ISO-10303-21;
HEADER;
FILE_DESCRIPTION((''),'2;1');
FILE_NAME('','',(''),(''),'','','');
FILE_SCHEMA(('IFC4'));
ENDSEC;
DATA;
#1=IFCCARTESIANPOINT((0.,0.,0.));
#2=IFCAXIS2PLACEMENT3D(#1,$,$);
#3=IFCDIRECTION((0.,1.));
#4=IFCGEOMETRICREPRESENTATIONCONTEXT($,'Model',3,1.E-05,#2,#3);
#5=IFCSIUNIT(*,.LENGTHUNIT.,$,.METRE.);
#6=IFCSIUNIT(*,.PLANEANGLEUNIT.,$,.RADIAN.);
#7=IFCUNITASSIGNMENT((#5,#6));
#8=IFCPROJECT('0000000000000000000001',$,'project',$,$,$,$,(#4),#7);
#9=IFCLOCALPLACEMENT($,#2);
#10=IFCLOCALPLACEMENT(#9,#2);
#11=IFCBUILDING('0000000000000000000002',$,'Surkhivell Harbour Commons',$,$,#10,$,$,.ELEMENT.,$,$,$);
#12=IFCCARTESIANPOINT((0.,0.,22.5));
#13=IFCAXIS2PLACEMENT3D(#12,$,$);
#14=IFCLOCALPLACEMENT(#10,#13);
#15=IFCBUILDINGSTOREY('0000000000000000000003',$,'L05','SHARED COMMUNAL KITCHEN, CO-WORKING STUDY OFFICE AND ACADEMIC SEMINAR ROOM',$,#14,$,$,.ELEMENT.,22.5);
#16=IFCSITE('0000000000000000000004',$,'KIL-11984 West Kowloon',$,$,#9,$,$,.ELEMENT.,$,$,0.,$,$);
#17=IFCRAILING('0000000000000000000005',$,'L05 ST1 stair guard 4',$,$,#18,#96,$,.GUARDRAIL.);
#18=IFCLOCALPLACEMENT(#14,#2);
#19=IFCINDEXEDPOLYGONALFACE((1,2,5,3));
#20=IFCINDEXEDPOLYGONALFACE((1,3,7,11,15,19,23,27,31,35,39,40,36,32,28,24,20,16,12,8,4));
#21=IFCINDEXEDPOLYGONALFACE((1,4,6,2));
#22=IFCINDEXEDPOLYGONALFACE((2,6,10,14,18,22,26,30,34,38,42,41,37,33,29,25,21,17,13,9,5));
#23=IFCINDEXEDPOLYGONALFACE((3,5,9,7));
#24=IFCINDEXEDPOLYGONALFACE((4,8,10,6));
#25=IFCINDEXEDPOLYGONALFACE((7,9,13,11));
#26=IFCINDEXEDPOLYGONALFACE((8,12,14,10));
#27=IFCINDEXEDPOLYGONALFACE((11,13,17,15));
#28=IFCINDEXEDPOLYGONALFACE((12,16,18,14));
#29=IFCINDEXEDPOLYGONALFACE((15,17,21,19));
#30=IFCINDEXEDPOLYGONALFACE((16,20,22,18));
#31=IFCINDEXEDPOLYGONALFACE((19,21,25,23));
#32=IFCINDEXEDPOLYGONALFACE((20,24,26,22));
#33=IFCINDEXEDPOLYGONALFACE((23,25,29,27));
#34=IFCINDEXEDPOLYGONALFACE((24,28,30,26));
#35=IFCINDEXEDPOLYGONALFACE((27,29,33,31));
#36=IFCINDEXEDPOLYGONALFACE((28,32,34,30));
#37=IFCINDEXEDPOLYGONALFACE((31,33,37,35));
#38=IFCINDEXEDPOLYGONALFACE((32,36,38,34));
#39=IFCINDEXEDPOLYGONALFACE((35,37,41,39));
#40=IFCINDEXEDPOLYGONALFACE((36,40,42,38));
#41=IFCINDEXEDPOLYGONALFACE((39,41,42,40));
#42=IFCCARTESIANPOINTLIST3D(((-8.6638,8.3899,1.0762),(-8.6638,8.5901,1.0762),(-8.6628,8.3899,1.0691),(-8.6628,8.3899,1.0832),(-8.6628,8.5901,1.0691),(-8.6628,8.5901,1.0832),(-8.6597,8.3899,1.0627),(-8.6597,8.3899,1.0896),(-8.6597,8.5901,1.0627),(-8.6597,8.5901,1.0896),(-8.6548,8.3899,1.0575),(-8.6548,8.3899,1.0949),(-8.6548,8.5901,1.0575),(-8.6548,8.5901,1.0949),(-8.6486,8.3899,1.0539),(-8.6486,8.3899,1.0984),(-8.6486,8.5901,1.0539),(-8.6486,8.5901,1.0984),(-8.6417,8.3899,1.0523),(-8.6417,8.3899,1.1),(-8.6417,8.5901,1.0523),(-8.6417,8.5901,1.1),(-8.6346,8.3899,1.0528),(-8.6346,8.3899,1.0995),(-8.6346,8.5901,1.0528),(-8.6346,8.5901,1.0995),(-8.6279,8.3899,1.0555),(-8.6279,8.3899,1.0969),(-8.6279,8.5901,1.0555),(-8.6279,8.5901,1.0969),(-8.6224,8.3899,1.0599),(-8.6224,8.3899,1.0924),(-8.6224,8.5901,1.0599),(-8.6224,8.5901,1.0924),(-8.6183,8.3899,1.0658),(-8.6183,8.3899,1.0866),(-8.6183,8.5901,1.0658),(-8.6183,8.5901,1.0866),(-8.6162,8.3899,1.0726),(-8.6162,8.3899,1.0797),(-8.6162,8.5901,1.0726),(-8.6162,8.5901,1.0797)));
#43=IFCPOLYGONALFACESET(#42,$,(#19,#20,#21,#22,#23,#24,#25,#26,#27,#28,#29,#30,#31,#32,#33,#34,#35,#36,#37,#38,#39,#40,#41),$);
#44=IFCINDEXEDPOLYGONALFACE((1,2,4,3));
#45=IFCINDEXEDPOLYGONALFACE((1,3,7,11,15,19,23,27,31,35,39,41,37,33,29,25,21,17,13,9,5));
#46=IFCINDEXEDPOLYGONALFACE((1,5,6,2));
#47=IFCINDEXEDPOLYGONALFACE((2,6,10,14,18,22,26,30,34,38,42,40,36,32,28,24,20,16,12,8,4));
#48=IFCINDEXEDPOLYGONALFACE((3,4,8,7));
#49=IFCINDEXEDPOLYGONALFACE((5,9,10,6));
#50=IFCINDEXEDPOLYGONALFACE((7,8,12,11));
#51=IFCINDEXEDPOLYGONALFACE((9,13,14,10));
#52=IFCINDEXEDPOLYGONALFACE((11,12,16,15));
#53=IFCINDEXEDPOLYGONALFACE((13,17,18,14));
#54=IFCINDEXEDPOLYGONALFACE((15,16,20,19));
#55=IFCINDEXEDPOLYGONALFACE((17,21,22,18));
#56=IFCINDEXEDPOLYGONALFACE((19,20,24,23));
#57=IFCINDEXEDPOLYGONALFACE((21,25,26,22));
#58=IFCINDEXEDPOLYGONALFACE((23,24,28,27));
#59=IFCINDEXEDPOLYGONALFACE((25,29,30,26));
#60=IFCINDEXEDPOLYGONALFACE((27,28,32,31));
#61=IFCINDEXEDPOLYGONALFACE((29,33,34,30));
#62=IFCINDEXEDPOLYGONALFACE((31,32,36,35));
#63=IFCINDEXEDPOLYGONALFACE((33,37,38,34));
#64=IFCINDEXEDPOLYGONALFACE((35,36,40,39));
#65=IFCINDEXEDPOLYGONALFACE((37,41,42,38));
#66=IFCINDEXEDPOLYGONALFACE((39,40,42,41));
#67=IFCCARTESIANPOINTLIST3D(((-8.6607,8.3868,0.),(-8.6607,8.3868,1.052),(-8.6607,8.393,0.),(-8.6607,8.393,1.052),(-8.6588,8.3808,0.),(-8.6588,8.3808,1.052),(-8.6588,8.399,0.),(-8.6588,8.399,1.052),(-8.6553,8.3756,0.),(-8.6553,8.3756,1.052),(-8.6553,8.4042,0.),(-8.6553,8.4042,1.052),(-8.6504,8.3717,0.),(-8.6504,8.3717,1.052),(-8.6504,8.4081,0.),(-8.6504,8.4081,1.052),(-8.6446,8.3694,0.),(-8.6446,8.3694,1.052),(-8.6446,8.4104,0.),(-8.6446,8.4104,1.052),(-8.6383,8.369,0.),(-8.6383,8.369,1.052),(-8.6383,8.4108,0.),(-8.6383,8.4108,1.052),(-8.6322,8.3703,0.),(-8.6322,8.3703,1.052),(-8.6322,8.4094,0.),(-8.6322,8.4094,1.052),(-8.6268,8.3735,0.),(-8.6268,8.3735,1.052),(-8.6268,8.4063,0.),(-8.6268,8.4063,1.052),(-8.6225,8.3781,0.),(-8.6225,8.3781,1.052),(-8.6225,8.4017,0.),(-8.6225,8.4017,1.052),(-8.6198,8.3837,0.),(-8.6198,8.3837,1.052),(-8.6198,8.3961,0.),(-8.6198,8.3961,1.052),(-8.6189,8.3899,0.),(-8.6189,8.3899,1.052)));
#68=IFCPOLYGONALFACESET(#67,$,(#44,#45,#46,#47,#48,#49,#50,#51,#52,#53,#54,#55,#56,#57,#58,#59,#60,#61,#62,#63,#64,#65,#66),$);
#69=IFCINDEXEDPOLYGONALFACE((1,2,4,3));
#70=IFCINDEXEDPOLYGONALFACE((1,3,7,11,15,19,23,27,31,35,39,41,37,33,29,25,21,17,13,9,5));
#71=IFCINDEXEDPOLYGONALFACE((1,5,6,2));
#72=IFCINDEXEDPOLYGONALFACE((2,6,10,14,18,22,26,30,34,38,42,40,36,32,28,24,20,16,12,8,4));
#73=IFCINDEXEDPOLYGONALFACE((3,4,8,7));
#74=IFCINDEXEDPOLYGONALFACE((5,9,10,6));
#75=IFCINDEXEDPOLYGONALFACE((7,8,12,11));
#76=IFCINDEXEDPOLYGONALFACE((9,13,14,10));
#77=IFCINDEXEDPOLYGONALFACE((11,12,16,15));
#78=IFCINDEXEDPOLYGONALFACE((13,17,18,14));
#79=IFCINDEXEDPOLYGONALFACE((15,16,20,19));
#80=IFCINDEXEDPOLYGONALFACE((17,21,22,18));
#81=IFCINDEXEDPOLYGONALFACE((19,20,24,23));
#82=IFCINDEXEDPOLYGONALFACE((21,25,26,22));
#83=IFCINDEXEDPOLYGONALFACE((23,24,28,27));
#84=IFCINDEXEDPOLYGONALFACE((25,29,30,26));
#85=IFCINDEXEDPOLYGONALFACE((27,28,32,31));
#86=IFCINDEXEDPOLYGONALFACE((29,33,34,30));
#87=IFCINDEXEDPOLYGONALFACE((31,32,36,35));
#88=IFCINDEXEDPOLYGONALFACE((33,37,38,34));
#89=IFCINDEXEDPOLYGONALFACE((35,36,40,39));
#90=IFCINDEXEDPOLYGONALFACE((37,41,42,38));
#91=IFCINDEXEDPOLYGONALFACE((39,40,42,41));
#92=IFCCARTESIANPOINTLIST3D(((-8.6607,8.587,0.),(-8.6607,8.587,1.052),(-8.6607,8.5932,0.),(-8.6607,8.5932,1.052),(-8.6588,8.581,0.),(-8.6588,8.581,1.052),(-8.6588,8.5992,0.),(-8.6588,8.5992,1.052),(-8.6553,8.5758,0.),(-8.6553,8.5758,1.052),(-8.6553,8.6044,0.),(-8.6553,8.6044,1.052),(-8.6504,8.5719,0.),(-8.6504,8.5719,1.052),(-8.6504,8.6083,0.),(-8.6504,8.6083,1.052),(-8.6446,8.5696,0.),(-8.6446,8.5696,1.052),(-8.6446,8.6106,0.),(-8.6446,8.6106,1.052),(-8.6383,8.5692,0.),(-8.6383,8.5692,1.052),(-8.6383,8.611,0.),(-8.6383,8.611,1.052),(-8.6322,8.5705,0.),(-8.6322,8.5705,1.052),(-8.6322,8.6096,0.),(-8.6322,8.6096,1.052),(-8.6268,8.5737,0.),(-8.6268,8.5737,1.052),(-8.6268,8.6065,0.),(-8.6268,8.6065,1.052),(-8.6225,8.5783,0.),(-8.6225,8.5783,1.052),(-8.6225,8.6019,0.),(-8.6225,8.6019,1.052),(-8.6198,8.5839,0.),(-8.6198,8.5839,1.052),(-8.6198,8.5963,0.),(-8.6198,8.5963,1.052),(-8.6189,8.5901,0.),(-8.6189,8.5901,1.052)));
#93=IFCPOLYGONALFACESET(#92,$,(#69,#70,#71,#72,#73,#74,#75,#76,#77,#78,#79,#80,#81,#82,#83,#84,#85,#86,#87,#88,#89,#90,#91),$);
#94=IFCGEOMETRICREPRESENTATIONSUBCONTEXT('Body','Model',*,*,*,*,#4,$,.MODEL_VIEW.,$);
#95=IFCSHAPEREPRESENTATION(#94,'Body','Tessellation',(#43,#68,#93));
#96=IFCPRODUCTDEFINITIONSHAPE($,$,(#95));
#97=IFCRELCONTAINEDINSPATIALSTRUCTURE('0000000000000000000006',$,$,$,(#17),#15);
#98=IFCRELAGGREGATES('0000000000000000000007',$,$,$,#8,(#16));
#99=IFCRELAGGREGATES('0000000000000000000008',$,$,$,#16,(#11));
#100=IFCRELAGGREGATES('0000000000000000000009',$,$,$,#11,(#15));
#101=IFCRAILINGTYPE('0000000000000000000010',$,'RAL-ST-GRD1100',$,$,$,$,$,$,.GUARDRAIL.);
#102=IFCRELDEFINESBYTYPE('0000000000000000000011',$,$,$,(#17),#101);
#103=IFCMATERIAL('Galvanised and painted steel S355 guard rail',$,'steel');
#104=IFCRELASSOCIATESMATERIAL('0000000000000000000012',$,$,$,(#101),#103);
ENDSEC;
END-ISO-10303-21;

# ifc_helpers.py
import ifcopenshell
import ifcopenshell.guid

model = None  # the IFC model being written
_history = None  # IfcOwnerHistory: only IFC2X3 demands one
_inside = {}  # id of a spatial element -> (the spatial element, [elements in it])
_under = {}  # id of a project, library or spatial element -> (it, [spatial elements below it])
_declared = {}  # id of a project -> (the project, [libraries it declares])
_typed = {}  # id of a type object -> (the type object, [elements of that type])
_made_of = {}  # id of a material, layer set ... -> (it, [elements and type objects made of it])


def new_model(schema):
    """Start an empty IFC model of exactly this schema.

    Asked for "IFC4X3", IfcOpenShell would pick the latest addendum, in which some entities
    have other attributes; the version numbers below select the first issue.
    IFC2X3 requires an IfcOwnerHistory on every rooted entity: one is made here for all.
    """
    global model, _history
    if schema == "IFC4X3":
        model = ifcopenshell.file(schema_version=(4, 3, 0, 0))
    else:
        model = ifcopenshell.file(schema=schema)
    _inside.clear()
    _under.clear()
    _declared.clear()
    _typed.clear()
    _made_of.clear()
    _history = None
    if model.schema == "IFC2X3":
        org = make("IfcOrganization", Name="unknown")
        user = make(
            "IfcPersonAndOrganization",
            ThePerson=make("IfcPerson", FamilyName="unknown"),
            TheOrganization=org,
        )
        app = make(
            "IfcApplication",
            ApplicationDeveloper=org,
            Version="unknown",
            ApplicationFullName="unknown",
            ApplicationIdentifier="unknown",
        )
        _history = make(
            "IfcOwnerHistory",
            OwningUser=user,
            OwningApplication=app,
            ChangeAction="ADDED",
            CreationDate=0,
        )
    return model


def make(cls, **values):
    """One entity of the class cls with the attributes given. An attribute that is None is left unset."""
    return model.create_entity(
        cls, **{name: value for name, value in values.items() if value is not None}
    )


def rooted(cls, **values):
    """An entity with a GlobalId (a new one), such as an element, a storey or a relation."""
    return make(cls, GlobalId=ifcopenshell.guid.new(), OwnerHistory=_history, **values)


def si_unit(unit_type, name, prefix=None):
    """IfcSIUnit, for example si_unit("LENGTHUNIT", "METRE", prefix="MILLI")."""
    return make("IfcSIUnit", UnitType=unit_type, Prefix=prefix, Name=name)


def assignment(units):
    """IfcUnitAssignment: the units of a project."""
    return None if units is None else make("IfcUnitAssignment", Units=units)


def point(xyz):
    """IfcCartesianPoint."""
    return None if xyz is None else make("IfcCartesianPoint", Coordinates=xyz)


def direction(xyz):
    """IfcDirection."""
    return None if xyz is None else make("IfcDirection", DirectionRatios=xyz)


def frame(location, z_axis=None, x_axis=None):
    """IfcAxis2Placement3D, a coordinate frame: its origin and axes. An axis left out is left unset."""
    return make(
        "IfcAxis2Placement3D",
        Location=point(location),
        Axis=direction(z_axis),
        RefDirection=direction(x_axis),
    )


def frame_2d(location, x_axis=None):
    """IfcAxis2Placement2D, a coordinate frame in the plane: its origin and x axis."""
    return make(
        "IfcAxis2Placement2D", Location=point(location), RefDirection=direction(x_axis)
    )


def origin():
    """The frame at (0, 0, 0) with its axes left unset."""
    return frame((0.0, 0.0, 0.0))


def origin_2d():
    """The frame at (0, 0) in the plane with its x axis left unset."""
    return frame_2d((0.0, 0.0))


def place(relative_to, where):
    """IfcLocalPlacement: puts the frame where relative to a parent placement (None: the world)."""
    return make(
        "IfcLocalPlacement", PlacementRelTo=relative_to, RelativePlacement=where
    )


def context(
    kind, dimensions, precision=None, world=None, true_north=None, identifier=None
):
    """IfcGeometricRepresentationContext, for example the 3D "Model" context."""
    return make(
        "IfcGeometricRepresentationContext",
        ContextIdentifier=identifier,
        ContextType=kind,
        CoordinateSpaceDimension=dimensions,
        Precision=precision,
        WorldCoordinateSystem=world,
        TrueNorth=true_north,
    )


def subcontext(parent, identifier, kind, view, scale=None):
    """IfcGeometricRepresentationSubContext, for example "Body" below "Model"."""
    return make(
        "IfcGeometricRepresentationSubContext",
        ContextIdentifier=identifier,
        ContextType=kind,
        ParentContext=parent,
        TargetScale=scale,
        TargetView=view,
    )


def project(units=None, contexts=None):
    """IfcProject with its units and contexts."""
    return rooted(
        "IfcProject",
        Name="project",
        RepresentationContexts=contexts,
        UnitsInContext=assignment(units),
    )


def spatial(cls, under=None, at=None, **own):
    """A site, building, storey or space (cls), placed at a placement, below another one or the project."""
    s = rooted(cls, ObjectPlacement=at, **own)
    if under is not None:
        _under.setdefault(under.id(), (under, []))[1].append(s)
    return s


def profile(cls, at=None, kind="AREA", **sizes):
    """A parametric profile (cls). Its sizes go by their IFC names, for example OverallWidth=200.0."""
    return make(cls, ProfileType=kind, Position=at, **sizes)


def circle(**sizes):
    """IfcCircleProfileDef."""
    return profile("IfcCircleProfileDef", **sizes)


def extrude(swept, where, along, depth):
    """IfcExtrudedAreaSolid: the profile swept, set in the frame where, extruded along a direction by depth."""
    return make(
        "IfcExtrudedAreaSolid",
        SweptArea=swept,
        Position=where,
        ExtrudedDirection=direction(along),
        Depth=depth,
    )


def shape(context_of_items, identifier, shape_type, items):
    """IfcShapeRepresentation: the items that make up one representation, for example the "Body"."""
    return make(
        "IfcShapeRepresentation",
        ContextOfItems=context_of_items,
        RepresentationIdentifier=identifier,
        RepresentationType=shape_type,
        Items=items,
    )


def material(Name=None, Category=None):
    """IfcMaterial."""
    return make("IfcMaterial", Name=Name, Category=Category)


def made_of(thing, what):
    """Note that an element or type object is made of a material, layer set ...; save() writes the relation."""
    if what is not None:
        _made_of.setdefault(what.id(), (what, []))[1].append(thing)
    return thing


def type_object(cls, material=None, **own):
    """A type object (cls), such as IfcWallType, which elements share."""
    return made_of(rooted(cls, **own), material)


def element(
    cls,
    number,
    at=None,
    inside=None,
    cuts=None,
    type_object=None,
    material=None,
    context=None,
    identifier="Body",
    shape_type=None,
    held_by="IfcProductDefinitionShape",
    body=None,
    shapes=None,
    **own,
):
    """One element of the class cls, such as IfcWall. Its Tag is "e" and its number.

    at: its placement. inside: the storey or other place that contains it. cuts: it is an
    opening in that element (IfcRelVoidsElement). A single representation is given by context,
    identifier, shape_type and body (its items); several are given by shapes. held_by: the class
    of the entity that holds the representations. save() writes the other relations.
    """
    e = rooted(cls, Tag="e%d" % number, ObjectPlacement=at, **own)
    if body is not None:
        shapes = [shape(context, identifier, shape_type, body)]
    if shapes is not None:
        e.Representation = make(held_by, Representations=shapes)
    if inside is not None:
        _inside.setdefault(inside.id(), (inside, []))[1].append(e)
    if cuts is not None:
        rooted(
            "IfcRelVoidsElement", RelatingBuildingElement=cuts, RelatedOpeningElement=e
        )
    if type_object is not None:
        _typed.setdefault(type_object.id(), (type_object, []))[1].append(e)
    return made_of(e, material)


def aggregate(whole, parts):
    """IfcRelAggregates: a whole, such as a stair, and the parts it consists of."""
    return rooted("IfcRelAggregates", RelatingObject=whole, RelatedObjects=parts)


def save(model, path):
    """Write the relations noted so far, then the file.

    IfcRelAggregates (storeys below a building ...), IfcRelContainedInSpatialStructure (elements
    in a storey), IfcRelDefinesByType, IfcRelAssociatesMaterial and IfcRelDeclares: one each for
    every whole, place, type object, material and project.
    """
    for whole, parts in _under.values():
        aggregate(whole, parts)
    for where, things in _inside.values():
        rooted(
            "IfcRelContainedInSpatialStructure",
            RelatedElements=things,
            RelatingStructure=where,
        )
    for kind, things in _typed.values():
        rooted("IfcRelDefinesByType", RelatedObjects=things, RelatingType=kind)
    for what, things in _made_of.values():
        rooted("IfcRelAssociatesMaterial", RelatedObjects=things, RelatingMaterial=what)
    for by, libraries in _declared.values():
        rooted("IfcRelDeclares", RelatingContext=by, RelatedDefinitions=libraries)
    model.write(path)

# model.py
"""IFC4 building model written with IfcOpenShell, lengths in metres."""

from ifc_helpers import new_model, si_unit, direction, frame, origin, origin_2d, place, context, subcontext, project, spatial, circle, extrude, material, type_object, element, save


model = new_model("IFC4")

# Units and contexts
model_context = context("Model", 3, precision=1e-05, world=origin(), true_north=direction((0.0, 1.0)))
body_context = subcontext(model_context, "Body", "Model", "MODEL_VIEW")
ifc_project = project(units=[si_unit("LENGTHUNIT", "METRE"), si_unit("PLANEANGLEUNIT", "RADIAN")], contexts=[model_context])

# Site, building, storey
site_placement = place(None, origin())
site = spatial("IfcSite", under=ifc_project, at=site_placement, Name="KIL-11984 West Kowloon", CompositionType="ELEMENT", RefElevation=0.0)
building_placement = place(site_placement, origin())
building = spatial("IfcBuilding", under=site, at=building_placement, Name="Surkhivell Harbour Commons", CompositionType="ELEMENT")
storey_placement = place(building_placement, frame((0.0, 0.0, 22.5)))
storey = spatial("IfcBuildingStorey", under=building, at=storey_placement, Name="L05", Description="SHARED COMMUNAL KITCHEN, CO-WORKING STUDY OFFICE AND ACADEMIC SEMINAR ROOM", CompositionType="ELEMENT", Elevation=22.5)

# Railing
ifc_material_1 = material(Name="Galvanised and painted steel S355 guard rail", Category="steel")
railing_type_1 = type_object("IfcRailingType", Name="RAL-ST-GRD1100", PredefinedType="GUARDRAIL", material=ifc_material_1)
railing_1_placement = place(storey_placement, frame((-8.6399, 8.3899, 0.0)))
element("IfcRailing", 1, at=railing_1_placement, inside=storey, type_object=railing_type_1, Name="L05 ST1 stair guard 4", PredefinedType="GUARDRAIL", context=body_context, shape_type="SweptSolid", body=[
    extrude(circle(Radius=0.0239, at=origin_2d()), frame((0.0, 0.0, 1.0762), z_axis=(0.0, 1.0, 0.0), x_axis=(-1.0, 0.0, 0.0)), (0.0, 0.0, 1.0), 0.2002),
    extrude(circle(Radius=0.021, at=origin_2d()), origin(), (0.0, 0.0, 1.0), 1.052),
    extrude(circle(Radius=0.021, at=origin_2d()), frame((0.0, 0.2002, 0.0)), (0.0, 0.0, 1.0), 1.052),
])

save(model, "model.ifc")
